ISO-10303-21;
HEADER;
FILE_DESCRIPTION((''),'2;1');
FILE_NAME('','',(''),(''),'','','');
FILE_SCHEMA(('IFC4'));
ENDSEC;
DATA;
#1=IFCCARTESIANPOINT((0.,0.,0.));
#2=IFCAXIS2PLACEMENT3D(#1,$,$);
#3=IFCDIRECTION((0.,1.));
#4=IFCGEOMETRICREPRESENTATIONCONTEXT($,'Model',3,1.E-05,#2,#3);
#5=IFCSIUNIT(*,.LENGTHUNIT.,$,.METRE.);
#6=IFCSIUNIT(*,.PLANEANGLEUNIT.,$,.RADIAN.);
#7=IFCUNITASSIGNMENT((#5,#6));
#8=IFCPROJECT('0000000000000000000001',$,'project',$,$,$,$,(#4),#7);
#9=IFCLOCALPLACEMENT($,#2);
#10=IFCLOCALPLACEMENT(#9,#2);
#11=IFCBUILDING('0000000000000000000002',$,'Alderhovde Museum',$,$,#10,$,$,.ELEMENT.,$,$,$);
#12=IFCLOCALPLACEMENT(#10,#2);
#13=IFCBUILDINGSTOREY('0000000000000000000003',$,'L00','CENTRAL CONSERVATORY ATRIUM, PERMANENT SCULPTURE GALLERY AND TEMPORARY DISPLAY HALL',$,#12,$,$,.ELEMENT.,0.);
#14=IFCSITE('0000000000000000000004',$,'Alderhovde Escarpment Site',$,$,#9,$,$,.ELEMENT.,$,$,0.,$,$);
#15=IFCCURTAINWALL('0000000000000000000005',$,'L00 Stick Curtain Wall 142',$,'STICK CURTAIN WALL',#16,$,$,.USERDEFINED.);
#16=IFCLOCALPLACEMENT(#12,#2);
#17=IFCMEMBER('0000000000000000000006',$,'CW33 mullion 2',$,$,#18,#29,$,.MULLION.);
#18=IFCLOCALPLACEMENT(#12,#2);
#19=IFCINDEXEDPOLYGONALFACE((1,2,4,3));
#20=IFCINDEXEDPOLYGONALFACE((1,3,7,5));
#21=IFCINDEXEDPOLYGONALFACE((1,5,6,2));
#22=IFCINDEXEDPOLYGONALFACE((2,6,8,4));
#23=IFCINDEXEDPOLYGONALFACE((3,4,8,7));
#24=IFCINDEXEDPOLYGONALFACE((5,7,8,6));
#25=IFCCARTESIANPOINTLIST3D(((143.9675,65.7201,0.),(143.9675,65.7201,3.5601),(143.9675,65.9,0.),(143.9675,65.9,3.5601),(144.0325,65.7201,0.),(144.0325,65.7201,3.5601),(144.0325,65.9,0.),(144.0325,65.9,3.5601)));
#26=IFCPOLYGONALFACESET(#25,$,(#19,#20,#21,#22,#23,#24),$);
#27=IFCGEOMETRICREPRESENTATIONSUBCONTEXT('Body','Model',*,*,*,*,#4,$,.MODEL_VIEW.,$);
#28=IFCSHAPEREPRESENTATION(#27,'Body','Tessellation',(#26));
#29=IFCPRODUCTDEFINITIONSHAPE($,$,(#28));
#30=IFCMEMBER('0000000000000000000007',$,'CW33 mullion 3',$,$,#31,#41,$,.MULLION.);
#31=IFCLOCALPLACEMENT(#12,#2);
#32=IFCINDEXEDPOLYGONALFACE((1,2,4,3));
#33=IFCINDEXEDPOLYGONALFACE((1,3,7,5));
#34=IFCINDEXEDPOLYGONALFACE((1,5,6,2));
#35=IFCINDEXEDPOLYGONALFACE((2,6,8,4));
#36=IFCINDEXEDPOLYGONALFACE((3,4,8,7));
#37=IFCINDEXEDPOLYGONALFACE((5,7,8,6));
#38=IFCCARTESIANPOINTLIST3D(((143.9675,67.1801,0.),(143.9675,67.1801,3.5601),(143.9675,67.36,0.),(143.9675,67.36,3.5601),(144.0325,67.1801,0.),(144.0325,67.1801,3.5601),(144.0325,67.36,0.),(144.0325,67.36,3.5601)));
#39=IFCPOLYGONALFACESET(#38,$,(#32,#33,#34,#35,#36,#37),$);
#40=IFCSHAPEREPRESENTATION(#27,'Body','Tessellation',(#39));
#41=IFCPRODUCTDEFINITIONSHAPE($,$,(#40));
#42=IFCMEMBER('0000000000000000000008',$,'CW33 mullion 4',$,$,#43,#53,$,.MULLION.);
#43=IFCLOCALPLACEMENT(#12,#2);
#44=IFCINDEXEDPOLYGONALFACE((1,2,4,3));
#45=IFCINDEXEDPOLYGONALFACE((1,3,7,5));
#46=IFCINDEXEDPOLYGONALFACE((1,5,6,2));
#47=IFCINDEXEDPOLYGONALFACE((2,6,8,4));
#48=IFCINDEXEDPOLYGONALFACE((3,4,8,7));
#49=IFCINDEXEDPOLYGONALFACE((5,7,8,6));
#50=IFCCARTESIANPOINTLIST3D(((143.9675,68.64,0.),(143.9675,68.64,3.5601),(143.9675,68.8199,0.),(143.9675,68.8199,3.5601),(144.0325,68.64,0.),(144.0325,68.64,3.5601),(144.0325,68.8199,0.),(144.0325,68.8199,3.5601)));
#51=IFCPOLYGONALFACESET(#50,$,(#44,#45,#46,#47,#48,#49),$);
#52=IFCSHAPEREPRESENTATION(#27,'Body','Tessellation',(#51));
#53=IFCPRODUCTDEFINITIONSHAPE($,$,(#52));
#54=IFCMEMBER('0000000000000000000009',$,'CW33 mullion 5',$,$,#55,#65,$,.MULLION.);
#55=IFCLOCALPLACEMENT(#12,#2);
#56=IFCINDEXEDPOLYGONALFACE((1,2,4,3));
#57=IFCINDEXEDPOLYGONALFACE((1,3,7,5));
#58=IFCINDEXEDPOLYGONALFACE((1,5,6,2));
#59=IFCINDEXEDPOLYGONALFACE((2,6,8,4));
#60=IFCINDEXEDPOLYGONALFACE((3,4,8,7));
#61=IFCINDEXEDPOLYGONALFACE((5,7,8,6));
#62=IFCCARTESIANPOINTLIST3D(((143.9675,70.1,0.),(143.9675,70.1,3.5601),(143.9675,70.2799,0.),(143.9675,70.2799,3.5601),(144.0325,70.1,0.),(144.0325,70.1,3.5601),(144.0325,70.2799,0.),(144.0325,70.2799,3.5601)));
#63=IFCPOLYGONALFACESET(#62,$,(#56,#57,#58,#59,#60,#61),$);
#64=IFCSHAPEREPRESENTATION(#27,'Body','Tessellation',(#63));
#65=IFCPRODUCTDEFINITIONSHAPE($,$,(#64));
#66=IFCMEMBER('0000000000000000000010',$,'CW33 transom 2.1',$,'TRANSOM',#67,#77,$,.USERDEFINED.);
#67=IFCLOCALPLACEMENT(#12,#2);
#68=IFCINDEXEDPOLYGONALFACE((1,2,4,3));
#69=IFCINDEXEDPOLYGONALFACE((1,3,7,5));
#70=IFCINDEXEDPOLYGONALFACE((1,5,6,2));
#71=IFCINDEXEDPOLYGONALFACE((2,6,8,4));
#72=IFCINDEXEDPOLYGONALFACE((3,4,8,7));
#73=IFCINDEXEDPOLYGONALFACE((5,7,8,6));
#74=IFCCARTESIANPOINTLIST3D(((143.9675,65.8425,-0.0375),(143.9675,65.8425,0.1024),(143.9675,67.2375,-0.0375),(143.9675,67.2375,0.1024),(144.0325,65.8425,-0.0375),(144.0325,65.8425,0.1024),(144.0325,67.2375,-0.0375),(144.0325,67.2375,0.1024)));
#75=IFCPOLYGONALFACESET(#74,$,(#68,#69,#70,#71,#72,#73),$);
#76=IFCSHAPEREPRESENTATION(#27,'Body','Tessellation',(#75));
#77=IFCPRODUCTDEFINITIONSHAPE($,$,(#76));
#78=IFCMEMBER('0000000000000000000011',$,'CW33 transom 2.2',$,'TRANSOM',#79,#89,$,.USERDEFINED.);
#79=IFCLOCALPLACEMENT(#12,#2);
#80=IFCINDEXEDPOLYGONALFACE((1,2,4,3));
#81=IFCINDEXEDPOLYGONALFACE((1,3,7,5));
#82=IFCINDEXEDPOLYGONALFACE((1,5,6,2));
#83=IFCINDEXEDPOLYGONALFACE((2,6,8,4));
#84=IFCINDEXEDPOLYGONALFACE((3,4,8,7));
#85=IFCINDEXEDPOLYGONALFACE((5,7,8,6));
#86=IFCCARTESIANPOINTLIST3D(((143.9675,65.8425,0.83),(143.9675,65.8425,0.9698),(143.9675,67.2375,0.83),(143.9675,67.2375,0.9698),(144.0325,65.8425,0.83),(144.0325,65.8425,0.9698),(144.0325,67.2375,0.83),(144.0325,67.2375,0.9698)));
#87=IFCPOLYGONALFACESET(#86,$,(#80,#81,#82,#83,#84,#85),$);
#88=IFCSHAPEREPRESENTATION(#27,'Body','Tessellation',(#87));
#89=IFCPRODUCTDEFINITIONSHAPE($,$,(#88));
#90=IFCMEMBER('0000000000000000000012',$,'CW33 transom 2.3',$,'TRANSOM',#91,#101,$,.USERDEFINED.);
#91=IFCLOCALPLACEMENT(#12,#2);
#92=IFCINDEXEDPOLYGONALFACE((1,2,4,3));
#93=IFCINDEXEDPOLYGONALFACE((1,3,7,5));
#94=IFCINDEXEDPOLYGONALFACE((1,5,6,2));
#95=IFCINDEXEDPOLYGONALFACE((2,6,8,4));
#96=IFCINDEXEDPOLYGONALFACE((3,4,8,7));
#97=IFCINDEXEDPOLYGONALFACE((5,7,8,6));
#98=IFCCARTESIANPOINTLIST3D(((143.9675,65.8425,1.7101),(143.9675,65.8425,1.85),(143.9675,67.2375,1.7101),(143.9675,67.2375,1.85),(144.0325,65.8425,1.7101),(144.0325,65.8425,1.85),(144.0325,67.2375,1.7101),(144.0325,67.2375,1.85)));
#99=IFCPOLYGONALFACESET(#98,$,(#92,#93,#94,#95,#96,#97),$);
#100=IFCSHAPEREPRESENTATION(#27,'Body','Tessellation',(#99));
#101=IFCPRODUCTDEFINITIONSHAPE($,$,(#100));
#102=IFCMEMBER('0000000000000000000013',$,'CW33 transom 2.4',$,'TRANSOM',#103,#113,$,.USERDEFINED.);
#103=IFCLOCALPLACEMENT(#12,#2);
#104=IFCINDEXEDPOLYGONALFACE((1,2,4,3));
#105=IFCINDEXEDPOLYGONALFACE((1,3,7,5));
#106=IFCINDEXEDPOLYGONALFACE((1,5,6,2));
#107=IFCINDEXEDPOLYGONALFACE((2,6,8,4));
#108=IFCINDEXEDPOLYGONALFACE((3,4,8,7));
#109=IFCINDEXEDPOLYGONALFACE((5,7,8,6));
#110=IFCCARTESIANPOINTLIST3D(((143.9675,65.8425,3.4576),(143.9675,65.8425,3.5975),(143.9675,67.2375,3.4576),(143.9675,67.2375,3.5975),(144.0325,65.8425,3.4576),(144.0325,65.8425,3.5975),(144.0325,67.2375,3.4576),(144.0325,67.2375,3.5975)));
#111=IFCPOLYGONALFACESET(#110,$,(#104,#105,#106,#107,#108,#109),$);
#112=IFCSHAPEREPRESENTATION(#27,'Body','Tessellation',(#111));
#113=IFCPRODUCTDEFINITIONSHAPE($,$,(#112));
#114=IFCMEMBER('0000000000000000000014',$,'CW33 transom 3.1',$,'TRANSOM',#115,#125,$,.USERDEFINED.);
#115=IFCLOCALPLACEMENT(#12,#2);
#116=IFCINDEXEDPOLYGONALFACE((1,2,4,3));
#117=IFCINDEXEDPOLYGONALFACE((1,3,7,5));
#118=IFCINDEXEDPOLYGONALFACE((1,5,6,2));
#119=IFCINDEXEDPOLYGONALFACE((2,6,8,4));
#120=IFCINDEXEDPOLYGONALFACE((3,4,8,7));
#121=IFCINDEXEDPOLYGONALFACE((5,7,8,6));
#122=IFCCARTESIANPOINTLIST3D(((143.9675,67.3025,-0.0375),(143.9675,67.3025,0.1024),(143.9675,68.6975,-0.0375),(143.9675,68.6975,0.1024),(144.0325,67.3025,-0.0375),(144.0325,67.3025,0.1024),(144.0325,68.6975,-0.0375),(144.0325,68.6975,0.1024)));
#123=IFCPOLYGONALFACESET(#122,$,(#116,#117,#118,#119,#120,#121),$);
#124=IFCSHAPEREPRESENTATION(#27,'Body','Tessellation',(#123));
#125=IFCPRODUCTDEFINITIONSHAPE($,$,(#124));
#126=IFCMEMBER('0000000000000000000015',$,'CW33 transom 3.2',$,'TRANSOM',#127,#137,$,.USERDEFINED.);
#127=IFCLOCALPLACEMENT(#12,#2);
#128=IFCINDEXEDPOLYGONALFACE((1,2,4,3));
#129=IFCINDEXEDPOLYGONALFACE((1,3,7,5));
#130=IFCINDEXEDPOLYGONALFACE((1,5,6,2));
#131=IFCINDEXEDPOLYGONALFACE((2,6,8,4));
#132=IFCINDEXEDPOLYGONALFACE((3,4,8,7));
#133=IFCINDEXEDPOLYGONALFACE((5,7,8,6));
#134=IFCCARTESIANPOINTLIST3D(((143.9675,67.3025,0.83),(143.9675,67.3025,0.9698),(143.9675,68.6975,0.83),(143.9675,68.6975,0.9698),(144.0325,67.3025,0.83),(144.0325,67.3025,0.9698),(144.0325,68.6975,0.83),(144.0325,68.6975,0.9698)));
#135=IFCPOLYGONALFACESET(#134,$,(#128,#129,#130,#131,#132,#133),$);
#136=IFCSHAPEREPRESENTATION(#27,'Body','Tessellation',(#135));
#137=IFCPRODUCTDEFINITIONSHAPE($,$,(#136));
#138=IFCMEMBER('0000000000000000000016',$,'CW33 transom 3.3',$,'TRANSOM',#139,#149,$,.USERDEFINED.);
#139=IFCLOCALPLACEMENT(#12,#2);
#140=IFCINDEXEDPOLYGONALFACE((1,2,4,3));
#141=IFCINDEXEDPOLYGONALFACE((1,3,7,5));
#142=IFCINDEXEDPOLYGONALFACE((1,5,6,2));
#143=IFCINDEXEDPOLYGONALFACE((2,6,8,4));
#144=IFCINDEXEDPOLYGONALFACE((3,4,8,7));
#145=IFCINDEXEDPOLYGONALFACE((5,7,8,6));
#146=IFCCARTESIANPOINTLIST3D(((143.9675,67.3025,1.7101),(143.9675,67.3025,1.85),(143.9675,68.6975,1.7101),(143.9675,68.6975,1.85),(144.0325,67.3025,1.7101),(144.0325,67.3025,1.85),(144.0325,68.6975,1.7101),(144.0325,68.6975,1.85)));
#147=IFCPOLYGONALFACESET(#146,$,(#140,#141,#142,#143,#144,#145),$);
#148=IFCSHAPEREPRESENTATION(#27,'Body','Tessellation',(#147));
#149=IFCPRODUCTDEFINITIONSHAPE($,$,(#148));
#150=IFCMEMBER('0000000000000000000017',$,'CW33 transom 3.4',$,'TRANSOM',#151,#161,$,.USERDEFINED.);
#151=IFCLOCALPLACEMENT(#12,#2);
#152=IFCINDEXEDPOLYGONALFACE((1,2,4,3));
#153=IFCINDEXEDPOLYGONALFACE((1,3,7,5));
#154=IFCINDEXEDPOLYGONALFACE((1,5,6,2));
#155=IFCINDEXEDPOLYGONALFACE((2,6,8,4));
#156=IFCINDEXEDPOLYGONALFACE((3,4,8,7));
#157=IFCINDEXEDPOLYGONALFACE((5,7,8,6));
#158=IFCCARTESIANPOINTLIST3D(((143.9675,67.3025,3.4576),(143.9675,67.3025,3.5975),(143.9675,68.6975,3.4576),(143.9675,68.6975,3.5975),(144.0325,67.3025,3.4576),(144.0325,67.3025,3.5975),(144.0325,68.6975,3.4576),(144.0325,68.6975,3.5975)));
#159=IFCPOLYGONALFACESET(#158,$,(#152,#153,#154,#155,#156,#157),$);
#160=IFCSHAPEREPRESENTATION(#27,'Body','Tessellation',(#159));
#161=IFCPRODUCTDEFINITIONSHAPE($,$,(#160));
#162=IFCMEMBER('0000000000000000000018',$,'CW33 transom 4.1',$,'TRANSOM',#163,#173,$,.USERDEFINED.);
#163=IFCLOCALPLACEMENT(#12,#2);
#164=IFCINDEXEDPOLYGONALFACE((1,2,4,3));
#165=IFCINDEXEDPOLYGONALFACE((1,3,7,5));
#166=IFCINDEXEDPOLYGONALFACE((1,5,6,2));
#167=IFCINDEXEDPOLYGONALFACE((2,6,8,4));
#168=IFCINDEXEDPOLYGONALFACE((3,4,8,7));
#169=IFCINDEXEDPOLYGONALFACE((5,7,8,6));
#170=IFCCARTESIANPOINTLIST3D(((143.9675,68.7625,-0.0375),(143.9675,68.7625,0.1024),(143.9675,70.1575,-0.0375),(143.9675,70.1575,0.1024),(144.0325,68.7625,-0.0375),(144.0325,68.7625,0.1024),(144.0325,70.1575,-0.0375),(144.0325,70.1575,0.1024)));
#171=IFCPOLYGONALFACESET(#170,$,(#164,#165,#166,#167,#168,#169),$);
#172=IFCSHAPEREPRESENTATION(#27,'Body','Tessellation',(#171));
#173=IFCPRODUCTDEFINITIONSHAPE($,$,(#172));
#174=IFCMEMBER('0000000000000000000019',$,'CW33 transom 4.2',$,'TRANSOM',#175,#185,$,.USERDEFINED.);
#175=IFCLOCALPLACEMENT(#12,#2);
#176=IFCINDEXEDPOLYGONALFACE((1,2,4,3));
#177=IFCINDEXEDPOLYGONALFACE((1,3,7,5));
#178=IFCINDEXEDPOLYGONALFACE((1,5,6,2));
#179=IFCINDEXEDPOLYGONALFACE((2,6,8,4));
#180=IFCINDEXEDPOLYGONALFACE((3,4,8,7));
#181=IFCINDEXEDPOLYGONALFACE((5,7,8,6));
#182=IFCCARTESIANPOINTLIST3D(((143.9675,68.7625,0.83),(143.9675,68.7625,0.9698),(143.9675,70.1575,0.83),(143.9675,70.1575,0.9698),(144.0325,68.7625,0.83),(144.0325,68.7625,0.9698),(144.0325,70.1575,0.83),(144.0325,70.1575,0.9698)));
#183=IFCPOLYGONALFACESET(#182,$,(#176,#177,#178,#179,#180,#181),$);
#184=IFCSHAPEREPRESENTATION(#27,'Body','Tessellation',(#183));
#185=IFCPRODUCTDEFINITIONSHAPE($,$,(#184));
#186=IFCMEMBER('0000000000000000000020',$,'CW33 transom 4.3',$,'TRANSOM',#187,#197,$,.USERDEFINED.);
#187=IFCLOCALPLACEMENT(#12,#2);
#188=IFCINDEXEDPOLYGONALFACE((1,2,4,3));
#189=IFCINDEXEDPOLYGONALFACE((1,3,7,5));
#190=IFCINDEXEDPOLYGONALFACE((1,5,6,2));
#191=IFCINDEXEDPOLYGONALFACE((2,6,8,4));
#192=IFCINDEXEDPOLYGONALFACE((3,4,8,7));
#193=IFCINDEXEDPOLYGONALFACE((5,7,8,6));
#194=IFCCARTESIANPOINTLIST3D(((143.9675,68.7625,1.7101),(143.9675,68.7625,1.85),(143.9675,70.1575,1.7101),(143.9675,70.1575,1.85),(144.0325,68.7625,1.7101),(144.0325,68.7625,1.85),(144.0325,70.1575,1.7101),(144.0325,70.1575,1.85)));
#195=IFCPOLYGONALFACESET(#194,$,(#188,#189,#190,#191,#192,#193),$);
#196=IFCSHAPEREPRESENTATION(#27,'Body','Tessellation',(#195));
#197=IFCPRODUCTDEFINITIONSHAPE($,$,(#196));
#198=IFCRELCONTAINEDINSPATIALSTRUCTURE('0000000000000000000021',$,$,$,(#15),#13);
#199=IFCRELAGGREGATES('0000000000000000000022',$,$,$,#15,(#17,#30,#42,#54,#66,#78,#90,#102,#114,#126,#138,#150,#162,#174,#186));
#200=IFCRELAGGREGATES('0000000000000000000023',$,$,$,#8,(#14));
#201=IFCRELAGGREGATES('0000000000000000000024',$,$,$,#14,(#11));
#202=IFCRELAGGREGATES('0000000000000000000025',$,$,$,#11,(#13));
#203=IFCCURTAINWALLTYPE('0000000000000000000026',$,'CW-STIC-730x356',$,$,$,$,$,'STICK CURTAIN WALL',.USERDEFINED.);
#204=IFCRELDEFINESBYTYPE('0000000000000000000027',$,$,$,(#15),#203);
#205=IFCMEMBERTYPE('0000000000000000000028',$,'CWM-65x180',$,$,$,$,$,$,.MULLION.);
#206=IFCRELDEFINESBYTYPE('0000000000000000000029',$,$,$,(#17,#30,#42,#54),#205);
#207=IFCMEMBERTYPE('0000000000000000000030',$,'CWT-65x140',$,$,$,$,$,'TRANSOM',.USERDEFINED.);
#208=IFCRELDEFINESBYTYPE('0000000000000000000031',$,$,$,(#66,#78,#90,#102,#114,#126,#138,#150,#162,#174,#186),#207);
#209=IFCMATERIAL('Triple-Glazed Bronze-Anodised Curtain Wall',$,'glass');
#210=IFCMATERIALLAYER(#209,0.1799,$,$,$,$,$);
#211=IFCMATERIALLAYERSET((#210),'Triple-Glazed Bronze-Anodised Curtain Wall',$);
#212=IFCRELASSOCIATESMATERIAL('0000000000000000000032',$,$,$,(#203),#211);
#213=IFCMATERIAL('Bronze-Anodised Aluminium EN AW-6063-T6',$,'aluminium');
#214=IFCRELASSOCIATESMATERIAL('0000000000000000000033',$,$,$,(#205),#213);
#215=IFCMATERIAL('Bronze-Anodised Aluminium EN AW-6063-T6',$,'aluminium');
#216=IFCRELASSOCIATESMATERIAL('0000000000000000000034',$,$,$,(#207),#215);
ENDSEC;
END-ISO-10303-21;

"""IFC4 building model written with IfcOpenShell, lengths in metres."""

from ifc_helpers import new_model, si_unit, direction, frame, origin, origin_2d, place, context, subcontext, project, spatial, rectangle, extrude, material, layer, layer_set, material_profile, profile_set, type_object, element, aggregate, save


model = new_model("IFC4")

# Units and contexts
model_context = context("Model", 3, precision=1e-05, world=origin(), true_north=direction((0.0, 1.0)))
body_context = subcontext(model_context, "Body", "Model", "MODEL_VIEW")
ifc_project = project(units=[si_unit("LENGTHUNIT", "METRE"), si_unit("PLANEANGLEUNIT", "RADIAN")], contexts=[model_context])

# Site, building, storey
site_placement = place(None, origin())
site = spatial("IfcSite", under=ifc_project, at=site_placement, Name="Alderhovde Escarpment Site", CompositionType="ELEMENT", RefElevation=0.0)
building_placement = place(site_placement, origin())
building = spatial("IfcBuilding", under=site, at=building_placement, Name="Alderhovde Museum", CompositionType="ELEMENT")
storey_placement = place(building_placement, origin())
storey = spatial("IfcBuildingStorey", under=building, at=storey_placement, Name="L00", Description="CENTRAL CONSERVATORY ATRIUM, PERMANENT SCULPTURE GALLERY AND TEMPORARY DISPLAY HALL", CompositionType="ELEMENT", Elevation=0.0)

# Curtain wall, members
ifc_material_1 = material(Name="Triple-Glazed Bronze-Anodised Curtain Wall", Category="glass")
ifc_layer_1 = layer(ifc_material_1, 0.1799)
ifc_layer_set_1 = layer_set([ifc_layer_1], Name="Triple-Glazed Bronze-Anodised Curtain Wall")
curtain_wall_type = type_object("IfcCurtainWallType", Name="CW-STIC-730x356", ElementType="STICK CURTAIN WALL", PredefinedType="USERDEFINED", material=ifc_layer_set_1)
curtain_wall_placement = place(storey_placement, origin())
curtain_wall = element("IfcCurtainWall", 1, at=curtain_wall_placement, inside=storey, type_object=curtain_wall_type, Name="L00 Stick Curtain Wall 142", ObjectType="STICK CURTAIN WALL", PredefinedType="USERDEFINED")
ifc_material_2 = material(Name="Bronze-Anodised Aluminium EN AW-6063-T6", Category="aluminium")
ifc_material_profile_1 = material_profile(ifc_material_2, rectangle(XDim=0.0649, YDim=0.1799, at=origin_2d()), Name="MULLION 65x180")
ifc_profile_set_1 = profile_set([ifc_material_profile_1], Name="Bronze-Anodised Aluminium EN AW-6063-T6")
member_type_1 = type_object("IfcMemberType", Name="CWM-65x180", PredefinedType="MULLION", material=ifc_profile_set_1)
member_1_placement = place(storey_placement, frame((144.0, 65.8101, 0.0), z_axis=(0.0, 0.0, 1.0), x_axis=(-1.0, 0.0, 0.0)))
member_1 = element("IfcMember", 2, at=member_1_placement, type_object=member_type_1, Name="CW33 mullion 2", PredefinedType="MULLION", context=body_context, shape_type="SweptSolid", body=[
    extrude(rectangle(XDim=0.0649, YDim=0.1799, at=origin_2d()), origin(), (0.0, 0.0, 1.0), 3.5601),
])
member_2_placement = place(storey_placement, frame((144.0, 67.27, 0.0), z_axis=(0.0, 0.0, 1.0), x_axis=(-1.0, 0.0, 0.0)))
member_2 = element("IfcMember", 3, at=member_2_placement, type_object=member_type_1, Name="CW33 mullion 3", PredefinedType="MULLION", context=body_context, shape_type="SweptSolid", body=[
    extrude(rectangle(XDim=0.0649, YDim=0.1799, at=origin_2d()), origin(), (0.0, 0.0, 1.0), 3.5601),
])
member_3_placement = place(storey_placement, frame((144.0, 68.73, 0.0), z_axis=(0.0, 0.0, 1.0), x_axis=(-1.0, 0.0, 0.0)))
member_3 = element("IfcMember", 4, at=member_3_placement, type_object=member_type_1, Name="CW33 mullion 4", PredefinedType="MULLION", context=body_context, shape_type="SweptSolid", body=[
    extrude(rectangle(XDim=0.0649, YDim=0.1799, at=origin_2d()), origin(), (0.0, 0.0, 1.0), 3.5601),
])
member_4_placement = place(storey_placement, frame((144.0, 70.1899, 0.0), z_axis=(0.0, 0.0, 1.0), x_axis=(-1.0, 0.0, 0.0)))
member_4 = element("IfcMember", 5, at=member_4_placement, type_object=member_type_1, Name="CW33 mullion 5", PredefinedType="MULLION", context=body_context, shape_type="SweptSolid", body=[
    extrude(rectangle(XDim=0.0649, YDim=0.1799, at=origin_2d()), origin(), (0.0, 0.0, 1.0), 3.5601),
])
ifc_material_3 = material(Name="Bronze-Anodised Aluminium EN AW-6063-T6", Category="aluminium")
ifc_material_profile_2 = material_profile(ifc_material_3, rectangle(XDim=0.0649, YDim=0.1399, at=origin_2d()), Name="TRANSOM 65x140")
ifc_profile_set_2 = profile_set([ifc_material_profile_2], Name="Bronze-Anodised Aluminium EN AW-6063-T6")
member_type_2 = type_object("IfcMemberType", Name="CWT-65x140", ElementType="TRANSOM", PredefinedType="USERDEFINED", material=ifc_profile_set_2)
member_5_placement = place(storey_placement, frame((144.0, 65.8425, 0.0325), z_axis=(0.0, 1.0, 0.0), x_axis=(-1.0, 0.0, 0.0)))
member_5 = element("IfcMember", 6, at=member_5_placement, type_object=member_type_2, Name="CW33 transom 2.1", ObjectType="TRANSOM", PredefinedType="USERDEFINED", context=body_context, shape_type="SweptSolid", body=[
    extrude(rectangle(XDim=0.0649, YDim=0.1399, at=origin_2d()), origin(), (0.0, 0.0, 1.0), 1.395),
])
member_6_placement = place(storey_placement, frame((144.0, 65.8425, 0.8999), z_axis=(0.0, 1.0, 0.0), x_axis=(-1.0, 0.0, 0.0)))
member_6 = element("IfcMember", 7, at=member_6_placement, type_object=member_type_2, Name="CW33 transom 2.2", ObjectType="TRANSOM", PredefinedType="USERDEFINED", context=body_context, shape_type="SweptSolid", body=[
    extrude(rectangle(XDim=0.0649, YDim=0.1399, at=origin_2d()), origin(), (0.0, 0.0, 1.0), 1.395),
])
member_7_placement = place(storey_placement, frame((144.0, 65.8425, 1.78), z_axis=(0.0, 1.0, 0.0), x_axis=(-1.0, 0.0, 0.0)))
member_7 = element("IfcMember", 8, at=member_7_placement, type_object=member_type_2, Name="CW33 transom 2.3", ObjectType="TRANSOM", PredefinedType="USERDEFINED", context=body_context, shape_type="SweptSolid", body=[
    extrude(rectangle(XDim=0.0649, YDim=0.1399, at=origin_2d()), origin(), (0.0, 0.0, 1.0), 1.395),
])
member_8_placement = place(storey_placement, frame((144.0, 65.8425, 3.5276), z_axis=(0.0, 1.0, 0.0), x_axis=(-1.0, 0.0, 0.0)))
member_8 = element("IfcMember", 9, at=member_8_placement, type_object=member_type_2, Name="CW33 transom 2.4", ObjectType="TRANSOM", PredefinedType="USERDEFINED", context=body_context, shape_type="SweptSolid", body=[
    extrude(rectangle(XDim=0.0649, YDim=0.1399, at=origin_2d()), origin(), (0.0, 0.0, 1.0), 1.395),
])
member_9_placement = place(storey_placement, frame((144.0, 67.3025, 0.0325), z_axis=(0.0, 1.0, 0.0), x_axis=(-1.0, 0.0, 0.0)))
member_9 = element("IfcMember", 10, at=member_9_placement, type_object=member_type_2, Name="CW33 transom 3.1", ObjectType="TRANSOM", PredefinedType="USERDEFINED", context=body_context, shape_type="SweptSolid", body=[
    extrude(rectangle(XDim=0.0649, YDim=0.1399, at=origin_2d()), origin(), (0.0, 0.0, 1.0), 1.395),
])
member_10_placement = place(storey_placement, frame((144.0, 67.3025, 0.8999), z_axis=(0.0, 1.0, 0.0), x_axis=(-1.0, 0.0, 0.0)))
member_10 = element("IfcMember", 11, at=member_10_placement, type_object=member_type_2, Name="CW33 transom 3.2", ObjectType="TRANSOM", PredefinedType="USERDEFINED", context=body_context, shape_type="SweptSolid", body=[
    extrude(rectangle(XDim=0.0649, YDim=0.1399, at=origin_2d()), origin(), (0.0, 0.0, 1.0), 1.395),
])
member_11_placement = place(storey_placement, frame((144.0, 67.3025, 1.78), z_axis=(0.0, 1.0, 0.0), x_axis=(-1.0, 0.0, 0.0)))
member_11 = element("IfcMember", 12, at=member_11_placement, type_object=member_type_2, Name="CW33 transom 3.3", ObjectType="TRANSOM", PredefinedType="USERDEFINED", context=body_context, shape_type="SweptSolid", body=[
    extrude(rectangle(XDim=0.0649, YDim=0.1399, at=origin_2d()), origin(), (0.0, 0.0, 1.0), 1.395),
])
member_12_placement = place(storey_placement, frame((144.0, 67.3025, 3.5276), z_axis=(0.0, 1.0, 0.0), x_axis=(-1.0, 0.0, 0.0)))
member_12 = element("IfcMember", 13, at=member_12_placement, type_object=member_type_2, Name="CW33 transom 3.4", ObjectType="TRANSOM", PredefinedType="USERDEFINED", context=body_context, shape_type="SweptSolid", body=[
    extrude(rectangle(XDim=0.0649, YDim=0.1399, at=origin_2d()), origin(), (0.0, 0.0, 1.0), 1.395),
])
member_13_placement = place(storey_placement, frame((144.0, 68.7625, 0.0325), z_axis=(0.0, 1.0, 0.0), x_axis=(-1.0, 0.0, 0.0)))
member_13 = element("IfcMember", 14, at=member_13_placement, type_object=member_type_2, Name="CW33 transom 4.1", ObjectType="TRANSOM", PredefinedType="USERDEFINED", context=body_context, shape_type="SweptSolid", body=[
    extrude(rectangle(XDim=0.0649, YDim=0.1399, at=origin_2d()), origin(), (0.0, 0.0, 1.0), 1.395),
])
member_14_placement = place(storey_placement, frame((144.0, 68.7625, 0.8999), z_axis=(0.0, 1.0, 0.0), x_axis=(-1.0, 0.0, 0.0)))
member_14 = element("IfcMember", 15, at=member_14_placement, type_object=member_type_2, Name="CW33 transom 4.2", ObjectType="TRANSOM", PredefinedType="USERDEFINED", context=body_context, shape_type="SweptSolid", body=[
    extrude(rectangle(XDim=0.0649, YDim=0.1399, at=origin_2d()), origin(), (0.0, 0.0, 1.0), 1.395),
])
member_15_placement = place(storey_placement, frame((144.0, 68.7625, 1.78), z_axis=(0.0, 1.0, 0.0), x_axis=(-1.0, 0.0, 0.0)))
member_15 = element("IfcMember", 16, at=member_15_placement, type_object=member_type_2, Name="CW33 transom 4.3", ObjectType="TRANSOM", PredefinedType="USERDEFINED", context=body_context, shape_type="SweptSolid", body=[
    extrude(rectangle(XDim=0.0649, YDim=0.1399, at=origin_2d()), origin(), (0.0, 0.0, 1.0), 1.395),
])
aggregate(curtain_wall, [member_1, member_2, member_3, member_4, member_5, member_6, member_7, member_8, member_9, member_10, member_11, member_12, member_13, member_14, member_15])

save(model, "model.ifc")
